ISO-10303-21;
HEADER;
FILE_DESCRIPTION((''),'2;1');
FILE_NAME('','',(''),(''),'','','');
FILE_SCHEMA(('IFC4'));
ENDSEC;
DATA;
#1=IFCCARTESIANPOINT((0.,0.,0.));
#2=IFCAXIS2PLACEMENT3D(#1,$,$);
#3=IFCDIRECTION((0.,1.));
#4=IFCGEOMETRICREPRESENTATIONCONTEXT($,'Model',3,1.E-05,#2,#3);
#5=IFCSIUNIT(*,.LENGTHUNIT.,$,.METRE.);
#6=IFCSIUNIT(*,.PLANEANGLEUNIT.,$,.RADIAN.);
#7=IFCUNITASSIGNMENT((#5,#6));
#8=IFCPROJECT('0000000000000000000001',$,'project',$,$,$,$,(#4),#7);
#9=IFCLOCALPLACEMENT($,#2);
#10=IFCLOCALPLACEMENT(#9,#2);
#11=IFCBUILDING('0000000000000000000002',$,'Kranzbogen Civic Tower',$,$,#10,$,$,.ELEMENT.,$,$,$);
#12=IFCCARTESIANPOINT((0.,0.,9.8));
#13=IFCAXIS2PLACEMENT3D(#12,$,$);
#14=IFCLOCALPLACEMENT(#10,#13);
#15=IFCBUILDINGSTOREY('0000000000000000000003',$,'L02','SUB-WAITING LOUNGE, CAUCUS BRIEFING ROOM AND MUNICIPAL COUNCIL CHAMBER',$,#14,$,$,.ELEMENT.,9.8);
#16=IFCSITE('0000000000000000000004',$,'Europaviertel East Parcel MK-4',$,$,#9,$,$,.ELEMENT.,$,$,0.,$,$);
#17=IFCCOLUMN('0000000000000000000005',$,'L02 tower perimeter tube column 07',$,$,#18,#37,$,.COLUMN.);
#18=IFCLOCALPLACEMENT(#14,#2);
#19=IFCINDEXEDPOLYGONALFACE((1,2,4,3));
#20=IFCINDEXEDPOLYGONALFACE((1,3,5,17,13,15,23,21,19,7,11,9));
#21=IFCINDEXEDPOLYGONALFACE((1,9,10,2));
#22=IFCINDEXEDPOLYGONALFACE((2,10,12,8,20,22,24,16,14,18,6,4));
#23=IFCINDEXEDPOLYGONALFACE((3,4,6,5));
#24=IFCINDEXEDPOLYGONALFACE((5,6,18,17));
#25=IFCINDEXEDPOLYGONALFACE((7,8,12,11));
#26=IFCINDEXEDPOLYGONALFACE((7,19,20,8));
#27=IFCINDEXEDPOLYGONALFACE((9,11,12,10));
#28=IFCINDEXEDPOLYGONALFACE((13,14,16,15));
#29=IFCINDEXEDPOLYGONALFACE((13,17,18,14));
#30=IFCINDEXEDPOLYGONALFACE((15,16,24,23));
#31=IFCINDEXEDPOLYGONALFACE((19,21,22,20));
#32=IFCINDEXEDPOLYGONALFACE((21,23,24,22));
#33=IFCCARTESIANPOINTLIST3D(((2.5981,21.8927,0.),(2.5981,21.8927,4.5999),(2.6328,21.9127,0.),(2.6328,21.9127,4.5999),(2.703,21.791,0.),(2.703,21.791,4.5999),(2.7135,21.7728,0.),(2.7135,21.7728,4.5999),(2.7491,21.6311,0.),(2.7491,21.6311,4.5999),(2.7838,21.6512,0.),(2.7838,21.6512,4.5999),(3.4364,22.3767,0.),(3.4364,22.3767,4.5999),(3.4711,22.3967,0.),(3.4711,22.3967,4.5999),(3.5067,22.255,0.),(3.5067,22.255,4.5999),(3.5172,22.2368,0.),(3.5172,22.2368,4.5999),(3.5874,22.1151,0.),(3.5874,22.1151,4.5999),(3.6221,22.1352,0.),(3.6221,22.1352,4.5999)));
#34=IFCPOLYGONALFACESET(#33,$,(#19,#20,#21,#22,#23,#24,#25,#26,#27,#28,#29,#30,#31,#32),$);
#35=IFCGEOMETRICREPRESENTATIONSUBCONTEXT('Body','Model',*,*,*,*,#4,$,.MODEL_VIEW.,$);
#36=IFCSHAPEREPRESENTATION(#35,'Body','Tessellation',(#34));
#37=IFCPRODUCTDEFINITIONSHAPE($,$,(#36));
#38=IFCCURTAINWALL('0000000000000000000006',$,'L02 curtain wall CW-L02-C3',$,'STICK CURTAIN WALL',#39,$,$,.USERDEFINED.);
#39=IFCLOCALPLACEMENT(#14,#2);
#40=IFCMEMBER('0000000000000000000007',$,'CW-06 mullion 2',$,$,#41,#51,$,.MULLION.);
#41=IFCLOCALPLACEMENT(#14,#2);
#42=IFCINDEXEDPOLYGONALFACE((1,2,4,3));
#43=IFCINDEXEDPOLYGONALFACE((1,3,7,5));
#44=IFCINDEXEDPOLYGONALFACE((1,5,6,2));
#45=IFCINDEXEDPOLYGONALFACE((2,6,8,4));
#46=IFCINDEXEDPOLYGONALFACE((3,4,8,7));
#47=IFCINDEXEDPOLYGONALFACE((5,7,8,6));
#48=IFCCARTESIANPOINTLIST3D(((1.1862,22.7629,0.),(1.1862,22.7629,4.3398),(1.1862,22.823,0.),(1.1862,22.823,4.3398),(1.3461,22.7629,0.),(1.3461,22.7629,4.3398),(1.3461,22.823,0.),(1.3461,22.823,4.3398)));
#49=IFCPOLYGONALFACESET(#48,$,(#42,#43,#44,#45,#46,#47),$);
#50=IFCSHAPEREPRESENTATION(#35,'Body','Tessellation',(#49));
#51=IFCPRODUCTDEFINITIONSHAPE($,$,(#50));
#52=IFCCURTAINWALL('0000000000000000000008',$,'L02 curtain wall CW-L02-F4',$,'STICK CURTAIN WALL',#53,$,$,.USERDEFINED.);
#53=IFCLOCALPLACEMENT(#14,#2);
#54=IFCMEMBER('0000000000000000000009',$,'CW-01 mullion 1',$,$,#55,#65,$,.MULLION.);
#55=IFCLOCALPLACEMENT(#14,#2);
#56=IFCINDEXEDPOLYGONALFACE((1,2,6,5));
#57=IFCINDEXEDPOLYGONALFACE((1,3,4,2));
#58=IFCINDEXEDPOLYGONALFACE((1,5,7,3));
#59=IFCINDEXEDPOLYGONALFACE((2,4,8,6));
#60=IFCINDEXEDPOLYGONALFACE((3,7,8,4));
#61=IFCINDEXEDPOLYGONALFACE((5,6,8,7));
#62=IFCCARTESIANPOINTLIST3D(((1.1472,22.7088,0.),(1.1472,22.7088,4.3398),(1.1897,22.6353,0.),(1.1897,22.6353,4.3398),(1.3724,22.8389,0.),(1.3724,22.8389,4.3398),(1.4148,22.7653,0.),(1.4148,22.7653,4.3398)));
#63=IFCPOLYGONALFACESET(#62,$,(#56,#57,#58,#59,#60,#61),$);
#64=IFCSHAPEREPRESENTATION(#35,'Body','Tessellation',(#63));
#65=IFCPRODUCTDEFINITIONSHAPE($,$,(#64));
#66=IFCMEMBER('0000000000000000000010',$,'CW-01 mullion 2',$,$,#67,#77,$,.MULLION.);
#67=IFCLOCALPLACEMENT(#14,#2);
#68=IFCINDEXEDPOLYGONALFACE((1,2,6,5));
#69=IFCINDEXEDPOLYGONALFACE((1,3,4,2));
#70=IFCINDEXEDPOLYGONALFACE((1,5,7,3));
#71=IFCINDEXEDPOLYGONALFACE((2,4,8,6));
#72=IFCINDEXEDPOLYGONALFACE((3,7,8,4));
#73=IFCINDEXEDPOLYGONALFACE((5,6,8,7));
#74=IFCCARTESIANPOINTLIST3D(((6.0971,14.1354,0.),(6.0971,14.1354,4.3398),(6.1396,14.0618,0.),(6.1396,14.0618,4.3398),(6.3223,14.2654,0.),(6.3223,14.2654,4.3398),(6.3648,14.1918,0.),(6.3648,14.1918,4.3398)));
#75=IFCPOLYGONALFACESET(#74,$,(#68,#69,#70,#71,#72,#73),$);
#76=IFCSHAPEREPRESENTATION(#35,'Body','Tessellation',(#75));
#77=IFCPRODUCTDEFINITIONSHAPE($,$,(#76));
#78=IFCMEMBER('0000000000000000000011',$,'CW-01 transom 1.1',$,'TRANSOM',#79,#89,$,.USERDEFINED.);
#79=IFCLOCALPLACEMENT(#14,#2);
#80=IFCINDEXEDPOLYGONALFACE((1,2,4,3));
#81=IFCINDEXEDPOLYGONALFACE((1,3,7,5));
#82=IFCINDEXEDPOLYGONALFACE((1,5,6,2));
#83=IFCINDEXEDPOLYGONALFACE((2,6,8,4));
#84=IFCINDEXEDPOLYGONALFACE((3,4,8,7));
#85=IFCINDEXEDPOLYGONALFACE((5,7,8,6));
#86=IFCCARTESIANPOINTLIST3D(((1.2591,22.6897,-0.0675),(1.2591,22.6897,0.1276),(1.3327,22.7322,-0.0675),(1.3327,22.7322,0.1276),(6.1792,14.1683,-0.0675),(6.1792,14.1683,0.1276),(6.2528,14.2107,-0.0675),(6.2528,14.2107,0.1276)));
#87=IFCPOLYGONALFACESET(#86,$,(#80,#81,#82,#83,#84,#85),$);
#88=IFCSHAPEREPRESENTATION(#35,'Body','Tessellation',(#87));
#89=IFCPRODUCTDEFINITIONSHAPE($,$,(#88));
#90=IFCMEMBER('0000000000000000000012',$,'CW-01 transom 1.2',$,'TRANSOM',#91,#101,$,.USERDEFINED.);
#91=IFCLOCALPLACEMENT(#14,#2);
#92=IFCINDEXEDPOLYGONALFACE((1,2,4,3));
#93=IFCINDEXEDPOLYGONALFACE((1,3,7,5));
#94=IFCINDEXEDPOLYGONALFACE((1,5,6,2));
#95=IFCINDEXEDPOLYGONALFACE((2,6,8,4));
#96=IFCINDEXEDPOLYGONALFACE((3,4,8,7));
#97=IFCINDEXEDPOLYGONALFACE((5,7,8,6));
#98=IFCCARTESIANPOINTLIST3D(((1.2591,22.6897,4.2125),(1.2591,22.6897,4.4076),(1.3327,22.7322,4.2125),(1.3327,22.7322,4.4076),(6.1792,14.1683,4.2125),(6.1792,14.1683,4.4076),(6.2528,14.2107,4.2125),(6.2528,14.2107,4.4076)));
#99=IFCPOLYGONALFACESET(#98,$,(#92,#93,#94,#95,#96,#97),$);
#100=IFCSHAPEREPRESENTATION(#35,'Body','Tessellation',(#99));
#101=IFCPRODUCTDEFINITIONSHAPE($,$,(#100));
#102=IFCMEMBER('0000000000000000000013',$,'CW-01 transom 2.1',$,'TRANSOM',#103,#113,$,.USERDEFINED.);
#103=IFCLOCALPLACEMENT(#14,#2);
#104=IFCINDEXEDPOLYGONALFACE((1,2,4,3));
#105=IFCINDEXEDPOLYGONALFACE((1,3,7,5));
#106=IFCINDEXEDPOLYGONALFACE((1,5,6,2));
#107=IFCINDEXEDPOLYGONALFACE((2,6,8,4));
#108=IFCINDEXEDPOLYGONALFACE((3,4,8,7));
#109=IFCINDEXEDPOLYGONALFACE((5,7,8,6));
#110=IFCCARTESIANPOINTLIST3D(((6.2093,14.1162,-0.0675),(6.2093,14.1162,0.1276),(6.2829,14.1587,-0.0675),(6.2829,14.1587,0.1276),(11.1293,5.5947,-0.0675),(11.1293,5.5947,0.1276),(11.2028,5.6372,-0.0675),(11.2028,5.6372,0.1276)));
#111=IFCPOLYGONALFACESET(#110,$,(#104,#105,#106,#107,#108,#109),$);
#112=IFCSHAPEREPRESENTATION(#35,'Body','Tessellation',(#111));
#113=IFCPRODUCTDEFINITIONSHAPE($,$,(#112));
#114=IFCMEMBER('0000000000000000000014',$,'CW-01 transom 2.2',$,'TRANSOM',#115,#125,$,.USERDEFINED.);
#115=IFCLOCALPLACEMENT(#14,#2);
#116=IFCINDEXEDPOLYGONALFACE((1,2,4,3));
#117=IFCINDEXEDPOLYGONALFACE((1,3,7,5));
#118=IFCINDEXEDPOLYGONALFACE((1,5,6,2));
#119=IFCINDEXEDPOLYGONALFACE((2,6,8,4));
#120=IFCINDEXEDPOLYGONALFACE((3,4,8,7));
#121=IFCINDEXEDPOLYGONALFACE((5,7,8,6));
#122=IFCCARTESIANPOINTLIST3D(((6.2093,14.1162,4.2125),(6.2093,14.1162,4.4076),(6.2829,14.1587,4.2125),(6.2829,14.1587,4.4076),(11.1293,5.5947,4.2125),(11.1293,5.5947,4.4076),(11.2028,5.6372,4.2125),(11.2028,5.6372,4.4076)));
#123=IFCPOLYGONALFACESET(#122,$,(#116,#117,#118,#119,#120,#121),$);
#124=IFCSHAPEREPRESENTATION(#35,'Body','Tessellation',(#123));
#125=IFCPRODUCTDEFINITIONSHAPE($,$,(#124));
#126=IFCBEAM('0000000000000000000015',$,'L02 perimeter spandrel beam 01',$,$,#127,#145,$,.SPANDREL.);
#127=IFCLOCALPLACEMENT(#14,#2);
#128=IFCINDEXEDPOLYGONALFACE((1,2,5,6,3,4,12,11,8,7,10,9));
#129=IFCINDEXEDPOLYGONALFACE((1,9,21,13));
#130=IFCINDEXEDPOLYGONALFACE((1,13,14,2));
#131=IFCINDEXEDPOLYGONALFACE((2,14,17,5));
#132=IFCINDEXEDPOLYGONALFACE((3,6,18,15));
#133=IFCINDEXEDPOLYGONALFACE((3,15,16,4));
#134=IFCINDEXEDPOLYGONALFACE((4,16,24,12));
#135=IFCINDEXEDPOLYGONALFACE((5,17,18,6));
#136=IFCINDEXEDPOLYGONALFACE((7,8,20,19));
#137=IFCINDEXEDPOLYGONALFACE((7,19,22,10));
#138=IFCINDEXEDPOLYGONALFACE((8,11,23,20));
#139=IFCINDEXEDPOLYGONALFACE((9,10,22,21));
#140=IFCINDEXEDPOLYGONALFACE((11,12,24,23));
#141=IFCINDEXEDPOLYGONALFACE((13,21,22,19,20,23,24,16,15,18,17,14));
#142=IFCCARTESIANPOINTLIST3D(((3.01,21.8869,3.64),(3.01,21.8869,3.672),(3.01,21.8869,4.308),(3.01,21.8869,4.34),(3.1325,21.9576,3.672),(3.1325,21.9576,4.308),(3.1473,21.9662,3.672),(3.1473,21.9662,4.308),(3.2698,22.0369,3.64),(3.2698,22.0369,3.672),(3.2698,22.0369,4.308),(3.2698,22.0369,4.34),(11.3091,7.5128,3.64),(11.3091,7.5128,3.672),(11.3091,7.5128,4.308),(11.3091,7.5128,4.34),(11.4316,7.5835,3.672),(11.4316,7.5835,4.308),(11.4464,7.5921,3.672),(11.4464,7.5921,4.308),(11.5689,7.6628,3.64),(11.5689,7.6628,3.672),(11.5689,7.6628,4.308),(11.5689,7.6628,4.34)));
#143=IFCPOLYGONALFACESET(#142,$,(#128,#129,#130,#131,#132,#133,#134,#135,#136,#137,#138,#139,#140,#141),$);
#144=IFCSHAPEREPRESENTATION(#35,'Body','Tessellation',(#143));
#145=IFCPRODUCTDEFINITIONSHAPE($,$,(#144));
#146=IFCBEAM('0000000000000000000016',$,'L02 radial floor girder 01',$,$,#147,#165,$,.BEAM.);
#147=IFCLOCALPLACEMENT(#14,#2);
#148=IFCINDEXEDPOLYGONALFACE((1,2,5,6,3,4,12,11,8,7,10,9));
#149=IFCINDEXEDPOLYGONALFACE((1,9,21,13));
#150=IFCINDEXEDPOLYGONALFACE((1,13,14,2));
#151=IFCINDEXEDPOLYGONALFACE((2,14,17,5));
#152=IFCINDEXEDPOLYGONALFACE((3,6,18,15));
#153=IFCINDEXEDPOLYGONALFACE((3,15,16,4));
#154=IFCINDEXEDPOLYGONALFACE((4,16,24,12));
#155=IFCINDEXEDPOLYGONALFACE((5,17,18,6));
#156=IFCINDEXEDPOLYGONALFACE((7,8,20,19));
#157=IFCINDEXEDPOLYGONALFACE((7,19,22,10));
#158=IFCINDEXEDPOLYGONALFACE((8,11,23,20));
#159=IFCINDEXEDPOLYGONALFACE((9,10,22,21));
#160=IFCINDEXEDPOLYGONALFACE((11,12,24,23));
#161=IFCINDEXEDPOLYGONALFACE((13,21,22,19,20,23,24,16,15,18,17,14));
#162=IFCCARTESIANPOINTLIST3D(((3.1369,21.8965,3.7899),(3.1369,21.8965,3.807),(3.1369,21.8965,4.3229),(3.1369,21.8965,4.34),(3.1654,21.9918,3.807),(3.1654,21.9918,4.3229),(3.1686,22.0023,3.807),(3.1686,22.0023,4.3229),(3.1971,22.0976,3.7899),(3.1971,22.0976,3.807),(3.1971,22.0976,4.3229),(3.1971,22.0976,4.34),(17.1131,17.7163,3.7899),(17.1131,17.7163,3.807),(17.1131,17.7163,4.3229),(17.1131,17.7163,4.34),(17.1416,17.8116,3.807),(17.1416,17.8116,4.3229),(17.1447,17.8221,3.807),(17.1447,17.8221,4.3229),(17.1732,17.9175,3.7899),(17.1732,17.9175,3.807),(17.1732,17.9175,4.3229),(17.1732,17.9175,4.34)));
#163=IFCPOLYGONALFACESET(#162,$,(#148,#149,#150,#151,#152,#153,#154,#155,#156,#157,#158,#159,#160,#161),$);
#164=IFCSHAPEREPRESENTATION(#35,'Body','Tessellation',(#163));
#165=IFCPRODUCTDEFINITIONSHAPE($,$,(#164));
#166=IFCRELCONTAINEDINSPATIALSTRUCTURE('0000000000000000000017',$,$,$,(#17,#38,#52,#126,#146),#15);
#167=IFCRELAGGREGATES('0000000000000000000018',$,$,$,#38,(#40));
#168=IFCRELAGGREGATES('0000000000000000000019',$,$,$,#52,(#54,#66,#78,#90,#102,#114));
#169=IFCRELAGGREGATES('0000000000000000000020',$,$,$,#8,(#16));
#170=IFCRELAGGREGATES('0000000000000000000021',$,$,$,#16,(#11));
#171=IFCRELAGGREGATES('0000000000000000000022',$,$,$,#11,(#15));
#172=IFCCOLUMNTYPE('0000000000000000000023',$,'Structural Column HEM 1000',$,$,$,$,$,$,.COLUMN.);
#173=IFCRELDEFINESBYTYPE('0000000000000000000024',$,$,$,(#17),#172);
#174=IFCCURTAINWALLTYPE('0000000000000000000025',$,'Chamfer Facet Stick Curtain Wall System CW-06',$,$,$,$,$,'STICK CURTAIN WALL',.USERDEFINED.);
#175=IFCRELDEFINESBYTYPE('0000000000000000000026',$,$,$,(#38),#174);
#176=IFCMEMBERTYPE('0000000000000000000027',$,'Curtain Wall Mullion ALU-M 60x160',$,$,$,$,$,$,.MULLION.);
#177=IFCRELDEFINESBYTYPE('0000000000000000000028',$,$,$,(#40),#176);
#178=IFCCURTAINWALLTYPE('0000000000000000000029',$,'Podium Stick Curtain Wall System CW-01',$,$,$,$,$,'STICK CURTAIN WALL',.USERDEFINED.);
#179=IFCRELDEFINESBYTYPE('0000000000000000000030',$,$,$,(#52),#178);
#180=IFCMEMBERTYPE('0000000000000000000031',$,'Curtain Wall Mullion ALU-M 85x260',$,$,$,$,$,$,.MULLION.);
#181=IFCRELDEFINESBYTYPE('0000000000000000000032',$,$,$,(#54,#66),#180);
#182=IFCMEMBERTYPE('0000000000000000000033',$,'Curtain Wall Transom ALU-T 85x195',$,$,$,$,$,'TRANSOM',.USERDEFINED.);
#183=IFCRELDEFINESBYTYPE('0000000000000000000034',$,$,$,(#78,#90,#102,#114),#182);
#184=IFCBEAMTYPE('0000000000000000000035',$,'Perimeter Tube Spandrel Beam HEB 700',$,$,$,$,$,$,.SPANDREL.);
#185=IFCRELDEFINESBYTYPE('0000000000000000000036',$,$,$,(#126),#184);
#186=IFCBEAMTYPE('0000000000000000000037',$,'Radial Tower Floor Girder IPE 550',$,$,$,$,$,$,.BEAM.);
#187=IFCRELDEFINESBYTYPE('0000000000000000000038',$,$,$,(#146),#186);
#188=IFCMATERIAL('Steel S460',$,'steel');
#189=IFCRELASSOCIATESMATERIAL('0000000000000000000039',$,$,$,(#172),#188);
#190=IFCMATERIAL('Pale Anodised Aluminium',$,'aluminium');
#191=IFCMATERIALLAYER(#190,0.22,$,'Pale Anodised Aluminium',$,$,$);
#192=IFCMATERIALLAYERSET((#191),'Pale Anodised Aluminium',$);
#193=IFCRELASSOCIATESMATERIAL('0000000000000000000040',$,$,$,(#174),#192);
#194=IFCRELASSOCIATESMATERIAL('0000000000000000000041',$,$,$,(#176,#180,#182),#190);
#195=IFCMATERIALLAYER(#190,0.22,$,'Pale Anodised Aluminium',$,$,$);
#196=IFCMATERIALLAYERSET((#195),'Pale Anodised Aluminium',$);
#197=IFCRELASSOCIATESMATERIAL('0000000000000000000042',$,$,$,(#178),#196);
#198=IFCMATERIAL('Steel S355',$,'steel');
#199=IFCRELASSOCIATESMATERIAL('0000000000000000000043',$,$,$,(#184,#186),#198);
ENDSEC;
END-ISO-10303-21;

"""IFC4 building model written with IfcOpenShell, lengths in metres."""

from ifc_helpers import new_model, si_unit, direction, frame, origin, origin_2d, place, context, subcontext, project, spatial, rectangle, i_section, extrude, material, layer, layer_set, material_profile, profile_set, type_object, element, aggregate, save


model = new_model("IFC4")

# Units and contexts
model_context = context("Model", 3, precision=1e-05, world=origin(), true_north=direction((0.0, 1.0)))
body_context = subcontext(model_context, "Body", "Model", "MODEL_VIEW")
ifc_project = project(units=[si_unit("LENGTHUNIT", "METRE"), si_unit("PLANEANGLEUNIT", "RADIAN")], contexts=[model_context])

# Site, building, storey
site_placement = place(None, origin())
site = spatial("IfcSite", under=ifc_project, at=site_placement, Name="Europaviertel East Parcel MK-4", CompositionType="ELEMENT", RefElevation=0.0)
building_placement = place(site_placement, origin())
building = spatial("IfcBuilding", under=site, at=building_placement, Name="Kranzbogen Civic Tower", CompositionType="ELEMENT")
storey_placement = place(building_placement, frame((0.0, 0.0, 9.8)))
storey = spatial("IfcBuildingStorey", under=building, at=storey_placement, Name="L02", Description="SUB-WAITING LOUNGE, CAUCUS BRIEFING ROOM AND MUNICIPAL COUNCIL CHAMBER", CompositionType="ELEMENT", Elevation=9.8)

# Column
ifc_material_1 = material(Name="Steel S460", Category="steel")
ifc_material_profile_1 = material_profile(ifc_material_1, i_section(OverallWidth=0.302, OverallDepth=1.0081, WebThickness=0.021, FlangeThickness=0.04, at=origin_2d()), Name="HEM 1000")
ifc_profile_set_1 = profile_set([ifc_material_profile_1], Name="Steel S460")
column_type = type_object("IfcColumnType", Name="Structural Column HEM 1000", PredefinedType="COLUMN", material=ifc_profile_set_1)
column_placement = place(storey_placement, frame((3.1101, 22.0139, 0.0), z_axis=(0.0, 0.0, 1.0), x_axis=(-0.5, 0.866025, 0.0)))
element("IfcColumn", 1, at=column_placement, inside=storey, type_object=column_type, Name="L02 tower perimeter tube column 07", PredefinedType="COLUMN", context=body_context, shape_type="SweptSolid", body=[
    extrude(i_section(OverallWidth=0.302, OverallDepth=1.0081, WebThickness=0.021, FlangeThickness=0.04, at=origin_2d()), origin(), (0.0, 0.0, 1.0), 4.5999),
])

# Curtain wall, member
ifc_material_2 = material(Name="Pale Anodised Aluminium", Category="aluminium")
ifc_layer_1 = layer(ifc_material_2, 0.22, Name="Pale Anodised Aluminium")
ifc_layer_set_1 = layer_set([ifc_layer_1], Name="Pale Anodised Aluminium")
curtain_wall_type_1 = type_object("IfcCurtainWallType", Name="Chamfer Facet Stick Curtain Wall System CW-06", ElementType="STICK CURTAIN WALL", PredefinedType="USERDEFINED", material=ifc_layer_set_1)
curtain_wall_1_placement = place(storey_placement, origin())
curtain_wall_1 = element("IfcCurtainWall", 2, at=curtain_wall_1_placement, inside=storey, type_object=curtain_wall_type_1, Name="L02 curtain wall CW-L02-C3", ObjectType="STICK CURTAIN WALL", PredefinedType="USERDEFINED")
ifc_material_profile_2 = material_profile(ifc_material_2, rectangle(XDim=0.0601, YDim=0.1599, at=origin_2d()), Name="ALU-M 60x160")
ifc_profile_set_2 = profile_set([ifc_material_profile_2], Name="Pale Anodised Aluminium")
member_type_1 = type_object("IfcMemberType", Name="Curtain Wall Mullion ALU-M 60x160", PredefinedType="MULLION", material=ifc_profile_set_2)
member_1_placement = place(storey_placement, frame((1.2661, 22.793, 0.0), z_axis=(0.0, 0.0, 1.0), x_axis=(0.0, -1.0, 0.0)))
member_1 = element("IfcMember", 3, at=member_1_placement, type_object=member_type_1, Name="CW-06 mullion 2", PredefinedType="MULLION", context=body_context, shape_type="SweptSolid", body=[
    extrude(rectangle(XDim=0.0601, YDim=0.1599, at=origin_2d()), origin(), (0.0, 0.0, 1.0), 4.3398),
])
aggregate(curtain_wall_1, [member_1])

# Curtain wall, members
ifc_layer_2 = layer(ifc_material_2, 0.22, Name="Pale Anodised Aluminium")
ifc_layer_set_2 = layer_set([ifc_layer_2], Name="Pale Anodised Aluminium")
curtain_wall_type_2 = type_object("IfcCurtainWallType", Name="Podium Stick Curtain Wall System CW-01", ElementType="STICK CURTAIN WALL", PredefinedType="USERDEFINED", material=ifc_layer_set_2)
curtain_wall_2_placement = place(storey_placement, origin())
curtain_wall_2 = element("IfcCurtainWall", 4, at=curtain_wall_2_placement, inside=storey, type_object=curtain_wall_type_2, Name="L02 curtain wall CW-L02-F4", ObjectType="STICK CURTAIN WALL", PredefinedType="USERDEFINED")
ifc_material_profile_3 = material_profile(ifc_material_2, rectangle(XDim=0.085, YDim=0.26, at=origin_2d()), Name="ALU-M 85x260")
ifc_profile_set_3 = profile_set([ifc_material_profile_3], Name="Pale Anodised Aluminium")
member_type_2 = type_object("IfcMemberType", Name="Curtain Wall Mullion ALU-M 85x260", PredefinedType="MULLION", material=ifc_profile_set_3)
member_2_placement = place(storey_placement, frame((1.281, 22.7371, 0.0), z_axis=(0.0, 0.0, 1.0), x_axis=(0.500006, -0.866022, 0.0)))
member_2 = element("IfcMember", 5, at=member_2_placement, type_object=member_type_2, Name="CW-01 mullion 1", PredefinedType="MULLION", context=body_context, shape_type="SweptSolid", body=[
    extrude(rectangle(XDim=0.085, YDim=0.26, at=origin_2d()), origin(), (0.0, 0.0, 1.0), 4.3398),
])
member_3_placement = place(storey_placement, frame((6.231, 14.1636, 0.0), z_axis=(0.0, 0.0, 1.0), x_axis=(0.500006, -0.866022, 0.0)))
member_3 = element("IfcMember", 6, at=member_3_placement, type_object=member_type_2, Name="CW-01 mullion 2", PredefinedType="MULLION", context=body_context, shape_type="SweptSolid", body=[
    extrude(rectangle(XDim=0.085, YDim=0.26, at=origin_2d()), origin(), (0.0, 0.0, 1.0), 4.3398),
])
ifc_material_profile_4 = material_profile(ifc_material_2, rectangle(XDim=0.085, YDim=0.1951, at=origin_2d()), Name="ALU-T 85x195")
ifc_profile_set_4 = profile_set([ifc_material_profile_4], Name="Pale Anodised Aluminium")
member_type_3 = type_object("IfcMemberType", Name="Curtain Wall Transom ALU-T 85x195", ElementType="TRANSOM", PredefinedType="USERDEFINED", material=ifc_profile_set_4)
member_4_placement = place(storey_placement, frame((1.2959, 22.7109, 0.03), z_axis=(0.500022, -0.866013, 0.0), x_axis=(0.866013, 0.500022, 0.0)))
member_4 = element("IfcMember", 7, at=member_4_placement, type_object=member_type_3, Name="CW-01 transom 1.1", ObjectType="TRANSOM", PredefinedType="USERDEFINED", context=body_context, shape_type="SweptSolid", body=[
    extrude(rectangle(XDim=0.085, YDim=0.1951, at=origin_2d()), origin(), (0.0, 0.0, 1.0), 9.8398),
])
member_5_placement = place(storey_placement, frame((1.2959, 22.7109, 4.3101), z_axis=(0.500022, -0.866013, 0.0), x_axis=(0.866013, 0.500022, 0.0)))
member_5 = element("IfcMember", 8, at=member_5_placement, type_object=member_type_3, Name="CW-01 transom 1.2", ObjectType="TRANSOM", PredefinedType="USERDEFINED", context=body_context, shape_type="SweptSolid", body=[
    extrude(rectangle(XDim=0.085, YDim=0.1951, at=origin_2d()), origin(), (0.0, 0.0, 1.0), 9.8398),
])
member_6_placement = place(storey_placement, frame((6.2461, 14.1375, 0.03), z_axis=(0.500003, -0.866024, 0.0), x_axis=(0.866024, 0.500003, 0.0)))
member_6 = element("IfcMember", 9, at=member_6_placement, type_object=member_type_3, Name="CW-01 transom 2.1", ObjectType="TRANSOM", PredefinedType="USERDEFINED", context=body_context, shape_type="SweptSolid", body=[
    extrude(rectangle(XDim=0.085, YDim=0.1951, at=origin_2d()), origin(), (0.0, 0.0, 1.0), 9.8398),
])
member_7_placement = place(storey_placement, frame((6.2461, 14.1375, 4.3101), z_axis=(0.500003, -0.866024, 0.0), x_axis=(0.866024, 0.500003, 0.0)))
member_7 = element("IfcMember", 10, at=member_7_placement, type_object=member_type_3, Name="CW-01 transom 2.2", ObjectType="TRANSOM", PredefinedType="USERDEFINED", context=body_context, shape_type="SweptSolid", body=[
    extrude(rectangle(XDim=0.085, YDim=0.1951, at=origin_2d()), origin(), (0.0, 0.0, 1.0), 9.8398),
])

# Beams
ifc_material_3 = material(Name="Steel S355", Category="steel")
ifc_material_profile_5 = material_profile(ifc_material_3, i_section(OverallWidth=0.3, OverallDepth=0.7, WebThickness=0.0171, FlangeThickness=0.032, at=origin_2d()), Name="HEB 700")
ifc_profile_set_5 = profile_set([ifc_material_profile_5], Name="Steel S355")
beam_type_1 = type_object("IfcBeamType", Name="Perimeter Tube Spandrel Beam HEB 700", PredefinedType="SPANDREL", material=ifc_profile_set_5)
beam_1_placement = place(storey_placement, frame((3.1399, 21.9619, 3.99), z_axis=(0.50001, -0.86602, 0.0), x_axis=(0.86602, 0.50001, 0.0)))
element("IfcBeam", 11, at=beam_1_placement, inside=storey, type_object=beam_type_1, Name="L02 perimeter spandrel beam 01", PredefinedType="SPANDREL", context=body_context, shape_type="SweptSolid", body=[
    extrude(i_section(OverallWidth=0.3, OverallDepth=0.7, WebThickness=0.0171, FlangeThickness=0.032, at=origin_2d()), origin(), (0.0, 0.0, 1.0), 16.5979),
])
ifc_material_profile_6 = material_profile(ifc_material_3, i_section(OverallWidth=0.21, OverallDepth=0.55, WebThickness=0.011, FlangeThickness=0.0171, at=origin_2d()), Name="IPE 550")
ifc_profile_set_6 = profile_set([ifc_material_profile_6], Name="Steel S355")
beam_type_2 = type_object("IfcBeamType", Name="Radial Tower Floor Girder IPE 550", PredefinedType="BEAM", material=ifc_profile_set_6)
beam_2_placement = place(storey_placement, frame((3.167, 21.9971, 4.0649), z_axis=(0.958065, -0.286552, 0.0), x_axis=(0.286552, 0.958065, 0.0)))
element("IfcBeam", 12, at=beam_2_placement, inside=storey, type_object=beam_type_2, Name="L02 radial floor girder 01", PredefinedType="BEAM", context=body_context, shape_type="SweptSolid", body=[
    extrude(i_section(OverallWidth=0.21, OverallDepth=0.55, WebThickness=0.011, FlangeThickness=0.0171, at=origin_2d()), origin(), (0.0, 0.0, 1.0), 14.5879),
])

aggregate(curtain_wall_2, [member_2, member_3, member_4, member_5, member_6, member_7])

save(model, "model.ifc")
